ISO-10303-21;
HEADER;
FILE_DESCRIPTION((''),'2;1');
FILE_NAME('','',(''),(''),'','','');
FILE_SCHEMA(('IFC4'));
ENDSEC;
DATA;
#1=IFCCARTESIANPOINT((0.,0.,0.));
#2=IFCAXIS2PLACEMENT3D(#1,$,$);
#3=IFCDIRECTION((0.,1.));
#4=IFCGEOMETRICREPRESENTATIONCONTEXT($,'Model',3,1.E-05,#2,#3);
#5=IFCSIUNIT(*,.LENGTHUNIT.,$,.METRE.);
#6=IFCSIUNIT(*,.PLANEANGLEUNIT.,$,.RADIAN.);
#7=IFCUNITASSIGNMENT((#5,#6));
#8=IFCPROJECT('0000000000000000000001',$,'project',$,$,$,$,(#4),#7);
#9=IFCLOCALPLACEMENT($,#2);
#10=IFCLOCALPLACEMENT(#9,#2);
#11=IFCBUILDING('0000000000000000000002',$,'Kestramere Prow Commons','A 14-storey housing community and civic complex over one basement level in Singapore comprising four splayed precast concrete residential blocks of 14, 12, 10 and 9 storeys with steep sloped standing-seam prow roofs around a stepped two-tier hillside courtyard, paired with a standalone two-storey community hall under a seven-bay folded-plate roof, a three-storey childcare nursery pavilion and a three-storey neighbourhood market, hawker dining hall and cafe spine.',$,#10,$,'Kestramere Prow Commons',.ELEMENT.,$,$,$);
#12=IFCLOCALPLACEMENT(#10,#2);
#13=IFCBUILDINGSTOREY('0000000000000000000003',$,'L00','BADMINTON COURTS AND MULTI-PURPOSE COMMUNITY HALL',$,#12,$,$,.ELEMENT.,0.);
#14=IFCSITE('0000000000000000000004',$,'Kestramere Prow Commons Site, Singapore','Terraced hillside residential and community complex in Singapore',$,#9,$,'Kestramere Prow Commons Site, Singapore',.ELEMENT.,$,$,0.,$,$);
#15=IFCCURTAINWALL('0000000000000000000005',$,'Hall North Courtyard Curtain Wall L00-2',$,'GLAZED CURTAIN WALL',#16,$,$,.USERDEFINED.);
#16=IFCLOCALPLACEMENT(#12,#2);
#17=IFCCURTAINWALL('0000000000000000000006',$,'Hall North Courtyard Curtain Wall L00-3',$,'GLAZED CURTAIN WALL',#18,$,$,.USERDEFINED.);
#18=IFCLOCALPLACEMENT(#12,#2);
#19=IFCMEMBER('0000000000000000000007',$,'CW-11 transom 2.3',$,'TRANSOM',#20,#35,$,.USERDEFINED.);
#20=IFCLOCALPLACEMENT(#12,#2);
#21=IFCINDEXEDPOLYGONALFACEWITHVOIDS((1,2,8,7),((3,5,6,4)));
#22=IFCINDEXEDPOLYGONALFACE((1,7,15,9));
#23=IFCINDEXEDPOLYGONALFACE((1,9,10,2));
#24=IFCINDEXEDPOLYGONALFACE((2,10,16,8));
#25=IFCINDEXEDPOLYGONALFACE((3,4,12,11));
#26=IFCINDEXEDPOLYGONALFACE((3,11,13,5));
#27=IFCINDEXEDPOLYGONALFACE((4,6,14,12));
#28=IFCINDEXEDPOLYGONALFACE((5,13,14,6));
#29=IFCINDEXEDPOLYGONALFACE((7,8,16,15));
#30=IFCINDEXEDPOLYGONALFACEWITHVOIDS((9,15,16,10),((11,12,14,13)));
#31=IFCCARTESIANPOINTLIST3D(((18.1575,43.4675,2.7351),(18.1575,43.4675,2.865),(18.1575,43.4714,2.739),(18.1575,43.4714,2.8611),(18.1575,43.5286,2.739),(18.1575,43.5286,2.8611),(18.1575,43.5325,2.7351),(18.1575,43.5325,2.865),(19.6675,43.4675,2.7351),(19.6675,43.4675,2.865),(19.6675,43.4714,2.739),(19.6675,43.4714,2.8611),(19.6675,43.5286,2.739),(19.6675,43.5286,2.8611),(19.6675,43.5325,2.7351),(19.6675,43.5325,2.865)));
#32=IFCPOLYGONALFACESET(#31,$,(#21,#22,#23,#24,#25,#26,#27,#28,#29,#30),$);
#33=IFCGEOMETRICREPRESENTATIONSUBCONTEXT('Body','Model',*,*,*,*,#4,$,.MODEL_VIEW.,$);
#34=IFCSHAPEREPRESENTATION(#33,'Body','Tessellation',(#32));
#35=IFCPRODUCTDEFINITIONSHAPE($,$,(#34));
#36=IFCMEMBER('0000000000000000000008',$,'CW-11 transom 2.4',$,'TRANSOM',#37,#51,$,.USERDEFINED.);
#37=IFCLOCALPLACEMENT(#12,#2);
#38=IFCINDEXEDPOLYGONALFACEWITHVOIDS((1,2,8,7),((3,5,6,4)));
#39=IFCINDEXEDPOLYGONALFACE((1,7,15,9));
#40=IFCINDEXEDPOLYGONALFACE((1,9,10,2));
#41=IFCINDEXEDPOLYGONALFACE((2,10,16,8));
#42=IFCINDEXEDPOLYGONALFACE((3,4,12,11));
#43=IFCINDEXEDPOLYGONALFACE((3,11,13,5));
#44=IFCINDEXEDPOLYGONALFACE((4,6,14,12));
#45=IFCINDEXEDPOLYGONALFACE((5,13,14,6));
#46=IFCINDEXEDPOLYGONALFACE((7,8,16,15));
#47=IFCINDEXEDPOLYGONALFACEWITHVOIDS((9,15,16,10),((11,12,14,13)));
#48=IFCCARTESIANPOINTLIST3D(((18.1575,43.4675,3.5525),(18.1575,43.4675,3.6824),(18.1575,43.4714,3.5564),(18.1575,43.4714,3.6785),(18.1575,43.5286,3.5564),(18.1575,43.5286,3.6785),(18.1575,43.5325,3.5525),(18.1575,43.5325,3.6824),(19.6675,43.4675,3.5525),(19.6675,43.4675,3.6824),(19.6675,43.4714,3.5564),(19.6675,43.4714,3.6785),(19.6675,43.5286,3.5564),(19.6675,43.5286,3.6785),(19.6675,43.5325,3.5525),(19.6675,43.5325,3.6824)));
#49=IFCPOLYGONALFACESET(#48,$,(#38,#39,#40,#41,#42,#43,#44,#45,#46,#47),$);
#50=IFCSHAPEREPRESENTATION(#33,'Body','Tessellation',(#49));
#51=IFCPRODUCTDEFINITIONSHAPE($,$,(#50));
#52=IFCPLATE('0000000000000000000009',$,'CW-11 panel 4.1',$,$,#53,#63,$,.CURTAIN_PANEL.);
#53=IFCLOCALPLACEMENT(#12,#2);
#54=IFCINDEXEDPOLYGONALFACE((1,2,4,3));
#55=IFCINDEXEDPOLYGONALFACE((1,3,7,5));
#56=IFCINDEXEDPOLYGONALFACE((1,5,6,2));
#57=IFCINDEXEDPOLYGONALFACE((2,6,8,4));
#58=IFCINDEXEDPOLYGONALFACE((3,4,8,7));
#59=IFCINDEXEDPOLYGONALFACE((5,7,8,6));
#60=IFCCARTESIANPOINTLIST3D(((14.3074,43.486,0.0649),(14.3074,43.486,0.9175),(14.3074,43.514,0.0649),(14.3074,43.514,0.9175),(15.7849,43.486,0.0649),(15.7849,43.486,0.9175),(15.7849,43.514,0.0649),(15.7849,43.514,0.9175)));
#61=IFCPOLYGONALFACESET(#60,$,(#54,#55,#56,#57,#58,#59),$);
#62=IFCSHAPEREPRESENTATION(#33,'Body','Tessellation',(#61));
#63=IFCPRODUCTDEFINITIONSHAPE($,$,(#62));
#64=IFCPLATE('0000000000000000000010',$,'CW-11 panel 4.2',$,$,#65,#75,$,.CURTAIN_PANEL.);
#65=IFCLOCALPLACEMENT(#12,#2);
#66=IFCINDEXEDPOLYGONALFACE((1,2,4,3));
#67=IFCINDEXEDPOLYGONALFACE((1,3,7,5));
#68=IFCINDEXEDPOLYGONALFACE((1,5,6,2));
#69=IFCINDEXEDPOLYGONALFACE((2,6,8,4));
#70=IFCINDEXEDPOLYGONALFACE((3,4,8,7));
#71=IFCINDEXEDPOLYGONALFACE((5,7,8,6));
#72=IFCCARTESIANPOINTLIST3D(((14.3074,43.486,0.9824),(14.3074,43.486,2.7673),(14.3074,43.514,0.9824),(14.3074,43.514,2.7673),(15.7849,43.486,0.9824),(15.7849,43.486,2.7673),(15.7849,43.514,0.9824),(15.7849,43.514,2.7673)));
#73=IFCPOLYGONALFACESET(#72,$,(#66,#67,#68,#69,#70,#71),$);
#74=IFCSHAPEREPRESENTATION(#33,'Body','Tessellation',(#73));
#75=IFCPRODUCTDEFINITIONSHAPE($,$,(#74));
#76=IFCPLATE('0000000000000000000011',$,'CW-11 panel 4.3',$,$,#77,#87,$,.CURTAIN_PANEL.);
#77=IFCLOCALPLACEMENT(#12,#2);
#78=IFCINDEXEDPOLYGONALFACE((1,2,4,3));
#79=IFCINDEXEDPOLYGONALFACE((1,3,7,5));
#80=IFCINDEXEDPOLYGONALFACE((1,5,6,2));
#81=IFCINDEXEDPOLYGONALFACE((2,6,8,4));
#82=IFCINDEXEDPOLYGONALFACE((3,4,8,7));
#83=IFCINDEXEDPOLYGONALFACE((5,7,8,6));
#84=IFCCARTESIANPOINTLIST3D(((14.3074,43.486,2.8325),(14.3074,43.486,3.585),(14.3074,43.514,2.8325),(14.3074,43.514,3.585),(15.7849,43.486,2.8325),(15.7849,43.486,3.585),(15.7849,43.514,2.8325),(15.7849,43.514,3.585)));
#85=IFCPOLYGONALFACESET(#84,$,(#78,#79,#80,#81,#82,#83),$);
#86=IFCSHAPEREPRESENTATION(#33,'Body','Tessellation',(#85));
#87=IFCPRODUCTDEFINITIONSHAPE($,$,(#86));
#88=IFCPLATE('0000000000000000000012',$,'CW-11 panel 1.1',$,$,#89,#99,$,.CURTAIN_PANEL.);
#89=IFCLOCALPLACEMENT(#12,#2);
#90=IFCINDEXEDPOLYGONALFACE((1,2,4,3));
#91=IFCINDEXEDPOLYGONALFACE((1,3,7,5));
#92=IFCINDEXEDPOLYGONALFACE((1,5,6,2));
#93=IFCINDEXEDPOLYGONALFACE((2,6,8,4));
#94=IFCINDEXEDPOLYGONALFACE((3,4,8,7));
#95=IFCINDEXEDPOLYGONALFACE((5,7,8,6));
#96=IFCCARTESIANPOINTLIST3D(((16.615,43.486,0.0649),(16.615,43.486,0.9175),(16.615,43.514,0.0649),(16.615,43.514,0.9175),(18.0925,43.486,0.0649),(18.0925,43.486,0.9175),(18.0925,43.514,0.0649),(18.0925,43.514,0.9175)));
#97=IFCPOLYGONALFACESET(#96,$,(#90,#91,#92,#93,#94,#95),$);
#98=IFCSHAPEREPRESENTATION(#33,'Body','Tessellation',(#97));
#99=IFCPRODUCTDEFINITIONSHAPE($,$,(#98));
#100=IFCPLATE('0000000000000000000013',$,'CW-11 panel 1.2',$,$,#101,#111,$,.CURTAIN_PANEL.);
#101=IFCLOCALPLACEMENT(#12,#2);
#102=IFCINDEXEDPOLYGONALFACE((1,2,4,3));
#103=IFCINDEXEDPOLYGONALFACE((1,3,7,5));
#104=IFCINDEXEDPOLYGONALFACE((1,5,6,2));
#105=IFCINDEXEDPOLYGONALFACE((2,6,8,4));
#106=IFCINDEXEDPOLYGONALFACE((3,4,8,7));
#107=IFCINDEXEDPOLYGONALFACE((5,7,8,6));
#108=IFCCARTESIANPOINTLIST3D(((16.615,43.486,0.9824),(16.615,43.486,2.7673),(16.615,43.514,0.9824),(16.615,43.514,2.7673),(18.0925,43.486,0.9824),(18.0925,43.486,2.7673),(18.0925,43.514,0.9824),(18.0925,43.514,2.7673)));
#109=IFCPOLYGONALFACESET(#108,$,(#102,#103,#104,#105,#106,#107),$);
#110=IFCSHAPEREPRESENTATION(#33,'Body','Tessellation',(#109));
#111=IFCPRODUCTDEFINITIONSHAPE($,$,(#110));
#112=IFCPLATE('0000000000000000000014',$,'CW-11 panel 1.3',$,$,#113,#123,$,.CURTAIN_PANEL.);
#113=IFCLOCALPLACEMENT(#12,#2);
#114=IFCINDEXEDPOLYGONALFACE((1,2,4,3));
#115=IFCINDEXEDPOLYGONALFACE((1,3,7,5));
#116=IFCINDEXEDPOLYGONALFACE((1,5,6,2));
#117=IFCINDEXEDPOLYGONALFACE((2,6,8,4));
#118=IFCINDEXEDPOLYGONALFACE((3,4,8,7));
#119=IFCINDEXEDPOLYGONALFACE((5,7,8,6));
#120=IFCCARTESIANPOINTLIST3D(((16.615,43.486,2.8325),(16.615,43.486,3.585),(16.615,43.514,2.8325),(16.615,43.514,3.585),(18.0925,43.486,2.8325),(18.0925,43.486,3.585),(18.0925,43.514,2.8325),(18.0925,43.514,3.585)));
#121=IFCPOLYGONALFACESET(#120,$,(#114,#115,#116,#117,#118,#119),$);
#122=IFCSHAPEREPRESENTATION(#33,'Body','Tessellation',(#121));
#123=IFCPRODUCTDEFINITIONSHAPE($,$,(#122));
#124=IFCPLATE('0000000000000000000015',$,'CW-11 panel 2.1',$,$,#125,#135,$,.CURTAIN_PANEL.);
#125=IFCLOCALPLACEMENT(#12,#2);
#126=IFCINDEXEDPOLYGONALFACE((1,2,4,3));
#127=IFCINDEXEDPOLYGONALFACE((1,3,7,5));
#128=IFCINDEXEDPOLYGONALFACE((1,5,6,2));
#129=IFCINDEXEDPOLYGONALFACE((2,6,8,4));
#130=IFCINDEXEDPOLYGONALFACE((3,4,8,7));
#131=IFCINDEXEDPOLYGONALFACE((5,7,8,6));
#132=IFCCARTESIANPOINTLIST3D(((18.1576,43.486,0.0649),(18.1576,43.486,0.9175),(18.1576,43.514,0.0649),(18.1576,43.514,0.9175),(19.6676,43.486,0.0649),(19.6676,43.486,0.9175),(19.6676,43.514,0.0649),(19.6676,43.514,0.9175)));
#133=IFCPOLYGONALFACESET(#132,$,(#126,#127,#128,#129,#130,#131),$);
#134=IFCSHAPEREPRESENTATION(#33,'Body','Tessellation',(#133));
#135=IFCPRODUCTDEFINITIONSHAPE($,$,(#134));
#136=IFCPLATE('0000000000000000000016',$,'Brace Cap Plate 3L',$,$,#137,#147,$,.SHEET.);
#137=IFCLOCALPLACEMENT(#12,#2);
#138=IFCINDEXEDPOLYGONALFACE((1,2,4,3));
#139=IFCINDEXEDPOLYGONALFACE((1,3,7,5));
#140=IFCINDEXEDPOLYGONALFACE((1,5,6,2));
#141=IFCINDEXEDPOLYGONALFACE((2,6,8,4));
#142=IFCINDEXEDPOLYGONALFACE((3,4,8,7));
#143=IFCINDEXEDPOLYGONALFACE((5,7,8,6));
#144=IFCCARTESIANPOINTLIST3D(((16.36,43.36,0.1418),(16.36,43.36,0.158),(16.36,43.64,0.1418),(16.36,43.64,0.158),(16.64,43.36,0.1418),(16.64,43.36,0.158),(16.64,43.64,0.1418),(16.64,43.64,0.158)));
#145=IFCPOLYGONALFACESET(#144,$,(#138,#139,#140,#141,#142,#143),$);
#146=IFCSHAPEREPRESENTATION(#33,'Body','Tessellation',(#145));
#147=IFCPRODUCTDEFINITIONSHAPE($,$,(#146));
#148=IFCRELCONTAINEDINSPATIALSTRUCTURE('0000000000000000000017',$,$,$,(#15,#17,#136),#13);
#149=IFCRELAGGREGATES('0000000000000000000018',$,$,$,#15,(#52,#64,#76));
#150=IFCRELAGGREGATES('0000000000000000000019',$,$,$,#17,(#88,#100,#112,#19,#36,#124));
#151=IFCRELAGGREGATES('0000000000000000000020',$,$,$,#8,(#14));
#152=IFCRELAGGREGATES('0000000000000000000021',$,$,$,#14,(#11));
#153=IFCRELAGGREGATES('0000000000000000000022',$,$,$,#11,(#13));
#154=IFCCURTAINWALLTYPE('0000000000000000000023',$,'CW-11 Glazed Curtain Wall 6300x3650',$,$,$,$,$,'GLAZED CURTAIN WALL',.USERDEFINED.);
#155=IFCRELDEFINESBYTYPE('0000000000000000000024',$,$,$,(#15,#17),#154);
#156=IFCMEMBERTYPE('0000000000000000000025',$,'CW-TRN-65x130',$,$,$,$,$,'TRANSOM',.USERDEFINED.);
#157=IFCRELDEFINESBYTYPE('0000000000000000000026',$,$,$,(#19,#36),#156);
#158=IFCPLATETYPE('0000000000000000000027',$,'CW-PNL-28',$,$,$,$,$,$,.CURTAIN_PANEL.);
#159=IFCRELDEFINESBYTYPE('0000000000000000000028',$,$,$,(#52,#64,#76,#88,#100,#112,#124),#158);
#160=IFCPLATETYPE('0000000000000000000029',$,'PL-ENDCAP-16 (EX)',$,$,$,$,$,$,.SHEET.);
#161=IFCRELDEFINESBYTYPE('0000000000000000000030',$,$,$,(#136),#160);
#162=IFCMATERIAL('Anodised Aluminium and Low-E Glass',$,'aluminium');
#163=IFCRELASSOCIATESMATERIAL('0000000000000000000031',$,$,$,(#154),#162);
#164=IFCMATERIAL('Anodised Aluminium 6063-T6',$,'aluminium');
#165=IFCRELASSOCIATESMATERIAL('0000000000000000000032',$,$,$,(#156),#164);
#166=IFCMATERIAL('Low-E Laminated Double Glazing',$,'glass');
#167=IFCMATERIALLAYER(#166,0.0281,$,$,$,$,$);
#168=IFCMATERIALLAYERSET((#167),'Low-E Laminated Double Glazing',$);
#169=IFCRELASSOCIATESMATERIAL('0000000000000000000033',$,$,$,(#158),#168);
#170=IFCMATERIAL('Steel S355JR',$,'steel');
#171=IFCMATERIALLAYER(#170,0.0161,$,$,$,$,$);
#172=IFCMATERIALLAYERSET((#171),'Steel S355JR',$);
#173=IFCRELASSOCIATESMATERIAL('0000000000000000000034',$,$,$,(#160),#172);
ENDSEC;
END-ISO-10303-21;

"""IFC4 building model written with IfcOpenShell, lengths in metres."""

from ifc_helpers import new_model, si_unit, direction, frame, origin, origin_2d, place, context, subcontext, project, spatial, rectangle, hollow_rectangle, extrude, material, layer, layer_set, material_profile, profile_set, type_object, element, aggregate, save


model = new_model("IFC4")

# Units and contexts
model_context = context("Model", 3, precision=1e-05, world=origin(), true_north=direction((0.0, 1.0)))
body_context = subcontext(model_context, "Body", "Model", "MODEL_VIEW")
ifc_project = project(units=[si_unit("LENGTHUNIT", "METRE"), si_unit("PLANEANGLEUNIT", "RADIAN")], contexts=[model_context])

# Site, building, storey
site_placement = place(None, origin())
site = spatial("IfcSite", under=ifc_project, at=site_placement, Name="Kestramere Prow Commons Site, Singapore", Description="Terraced hillside residential and community complex in Singapore", LongName="Kestramere Prow Commons Site, Singapore", CompositionType="ELEMENT", RefElevation=0.0)
building_placement = place(site_placement, origin())
building = spatial("IfcBuilding", under=site, at=building_placement, Name="Kestramere Prow Commons", Description="A 14-storey housing community and civic complex over one basement level in Singapore comprising four splayed precast concrete residential blocks of 14, 12, 10 and 9 storeys with steep sloped standing-seam prow roofs around a stepped two-tier hillside courtyard, paired with a standalone two-storey community hall under a seven-bay folded-plate roof, a three-storey childcare nursery pavilion and a three-storey neighbourhood market, hawker dining hall and cafe spine.", LongName="Kestramere Prow Commons", CompositionType="ELEMENT")
storey_placement = place(building_placement, origin())
storey = spatial("IfcBuildingStorey", under=building, at=storey_placement, Name="L00", Description="BADMINTON COURTS AND MULTI-PURPOSE COMMUNITY HALL", CompositionType="ELEMENT", Elevation=0.0)

# Shared definitions
ifc_material_1 = material(Name="Steel S355JR", Category="steel")

# Curtain wall
ifc_material_2 = material(Name="Anodised Aluminium and Low-E Glass", Category="aluminium")
curtain_wall_type = type_object("IfcCurtainWallType", Name="CW-11 Glazed Curtain Wall 6300x3650", ElementType="GLAZED CURTAIN WALL", PredefinedType="USERDEFINED", material=ifc_material_2)
curtain_wall_1_placement = place(storey_placement, origin())
curtain_wall_1 = element("IfcCurtainWall", 1, at=curtain_wall_1_placement, inside=storey, type_object=curtain_wall_type, Name="Hall North Courtyard Curtain Wall L00-2", ObjectType="GLAZED CURTAIN WALL", PredefinedType="USERDEFINED")
ifc_material_3 = material(Name="Anodised Aluminium 6063-T6", Category="aluminium")

# Curtain wall
curtain_wall_2_placement = place(storey_placement, origin())
curtain_wall_2 = element("IfcCurtainWall", 2, at=curtain_wall_2_placement, inside=storey, type_object=curtain_wall_type, Name="Hall North Courtyard Curtain Wall L00-3", ObjectType="GLAZED CURTAIN WALL", PredefinedType="USERDEFINED")

# Members
ifc_material_profile_1 = material_profile(ifc_material_3, hollow_rectangle(XDim=0.0649, YDim=0.1299, WallThickness=0.0039, at=origin_2d()), Name="ALU-TRN 65x130")
ifc_profile_set_1 = profile_set([ifc_material_profile_1], Name="Anodised Aluminium 6063-T6")
member_type_1 = type_object("IfcMemberType", Name="CW-TRN-65x130", ElementType="TRANSOM", PredefinedType="USERDEFINED", material=ifc_profile_set_1)
member_1_placement = place(storey_placement, frame((18.1575, 43.5, 2.8), z_axis=(1.0, 0.0, 0.0), x_axis=(0.0, 1.0, 0.0)))
member_1 = element("IfcMember", 3, at=member_1_placement, type_object=member_type_1, Name="CW-11 transom 2.3", ObjectType="TRANSOM", PredefinedType="USERDEFINED", context=body_context, shape_type="SweptSolid", body=[
    extrude(hollow_rectangle(XDim=0.0649, YDim=0.1299, WallThickness=0.0039, at=origin_2d()), origin(), (0.0, 0.0, 1.0), 1.51),
])
member_2_placement = place(storey_placement, frame((18.1575, 43.5, 3.6174), z_axis=(1.0, 0.0, 0.0), x_axis=(0.0, 1.0, 0.0)))
member_2 = element("IfcMember", 4, at=member_2_placement, type_object=member_type_1, Name="CW-11 transom 2.4", ObjectType="TRANSOM", PredefinedType="USERDEFINED", context=body_context, shape_type="SweptSolid", body=[
    extrude(hollow_rectangle(XDim=0.0649, YDim=0.1299, WallThickness=0.0039, at=origin_2d()), origin(), (0.0, 0.0, 1.0), 1.51),
])

# Plates
ifc_material_4 = material(Name="Low-E Laminated Double Glazing", Category="glass")
ifc_layer_1 = layer(ifc_material_4, 0.0281)
ifc_layer_set_1 = layer_set([ifc_layer_1], Name="Low-E Laminated Double Glazing")
plate_type_1 = type_object("IfcPlateType", Name="CW-PNL-28", PredefinedType="CURTAIN_PANEL", material=ifc_layer_set_1)
plate_1_placement = place(storey_placement, frame((15.0461, 43.5, 0.0649), z_axis=(0.0, 0.0, 1.0), x_axis=(1.0, 0.0, 0.0)))
plate_1 = element("IfcPlate", 5, at=plate_1_placement, type_object=plate_type_1, Name="CW-11 panel 4.1", PredefinedType="CURTAIN_PANEL", context=body_context, shape_type="SweptSolid", body=[
    extrude(rectangle(XDim=1.4775, YDim=0.0281, at=origin_2d()), origin(), (0.0, 0.0, 1.0), 0.8525),
])
plate_2_placement = place(storey_placement, frame((15.0461, 43.5, 0.9824), z_axis=(0.0, 0.0, 1.0), x_axis=(1.0, 0.0, 0.0)))
plate_2 = element("IfcPlate", 6, at=plate_2_placement, type_object=plate_type_1, Name="CW-11 panel 4.2", PredefinedType="CURTAIN_PANEL", context=body_context, shape_type="SweptSolid", body=[
    extrude(rectangle(XDim=1.4775, YDim=0.0281, at=origin_2d()), origin(), (0.0, 0.0, 1.0), 1.7849),
])
plate_3_placement = place(storey_placement, frame((15.0461, 43.5, 2.8325), z_axis=(0.0, 0.0, 1.0), x_axis=(1.0, 0.0, 0.0)))
plate_3 = element("IfcPlate", 7, at=plate_3_placement, type_object=plate_type_1, Name="CW-11 panel 4.3", PredefinedType="CURTAIN_PANEL", context=body_context, shape_type="SweptSolid", body=[
    extrude(rectangle(XDim=1.4775, YDim=0.0281, at=origin_2d()), origin(), (0.0, 0.0, 1.0), 0.7524),
])
aggregate(curtain_wall_1, [plate_1, plate_2, plate_3])
plate_4_placement = place(storey_placement, frame((17.3538, 43.5, 0.0649), z_axis=(0.0, 0.0, 1.0), x_axis=(1.0, 0.0, 0.0)))
plate_4 = element("IfcPlate", 8, at=plate_4_placement, type_object=plate_type_1, Name="CW-11 panel 1.1", PredefinedType="CURTAIN_PANEL", context=body_context, shape_type="SweptSolid", body=[
    extrude(rectangle(XDim=1.4775, YDim=0.0281, at=origin_2d()), origin(), (0.0, 0.0, 1.0), 0.8525),
])
plate_5_placement = place(storey_placement, frame((17.3538, 43.5, 0.9824), z_axis=(0.0, 0.0, 1.0), x_axis=(1.0, 0.0, 0.0)))
plate_5 = element("IfcPlate", 9, at=plate_5_placement, type_object=plate_type_1, Name="CW-11 panel 1.2", PredefinedType="CURTAIN_PANEL", context=body_context, shape_type="SweptSolid", body=[
    extrude(rectangle(XDim=1.4775, YDim=0.0281, at=origin_2d()), origin(), (0.0, 0.0, 1.0), 1.7849),
])
plate_6_placement = place(storey_placement, frame((17.3538, 43.5, 2.8325), z_axis=(0.0, 0.0, 1.0), x_axis=(1.0, 0.0, 0.0)))
plate_6 = element("IfcPlate", 10, at=plate_6_placement, type_object=plate_type_1, Name="CW-11 panel 1.3", PredefinedType="CURTAIN_PANEL", context=body_context, shape_type="SweptSolid", body=[
    extrude(rectangle(XDim=1.4775, YDim=0.0281, at=origin_2d()), origin(), (0.0, 0.0, 1.0), 0.7524),
])
plate_7_placement = place(storey_placement, frame((18.9126, 43.5, 0.0649), z_axis=(0.0, 0.0, 1.0), x_axis=(1.0, 0.0, 0.0)))
plate_7 = element("IfcPlate", 11, at=plate_7_placement, type_object=plate_type_1, Name="CW-11 panel 2.1", PredefinedType="CURTAIN_PANEL", context=body_context, shape_type="SweptSolid", body=[
    extrude(rectangle(XDim=1.51, YDim=0.0281, at=origin_2d()), origin(), (0.0, 0.0, 1.0), 0.8525),
])
aggregate(curtain_wall_2, [plate_4, plate_5, plate_6, member_1, member_2, plate_7])
ifc_layer_2 = layer(ifc_material_1, 0.0161)
ifc_layer_set_2 = layer_set([ifc_layer_2], Name="Steel S355JR")
plate_type_2 = type_object("IfcPlateType", Name="PL-ENDCAP-16 (EX)", PredefinedType="SHEET", material=ifc_layer_set_2)
plate_8_placement = place(storey_placement, frame((16.5, 43.5, 0.1418), z_axis=(0.0, 0.0, 1.0), x_axis=(1.0, 0.0, 0.0)))
element("IfcPlate", 12, at=plate_8_placement, inside=storey, type_object=plate_type_2, Name="Brace Cap Plate 3L", PredefinedType="SHEET", context=body_context, shape_type="SweptSolid", body=[
    extrude(rectangle(XDim=0.28, YDim=0.28, at=origin_2d()), origin(), (0.0, 0.0, 1.0), 0.0161),
])

save(model, "model.ifc")
